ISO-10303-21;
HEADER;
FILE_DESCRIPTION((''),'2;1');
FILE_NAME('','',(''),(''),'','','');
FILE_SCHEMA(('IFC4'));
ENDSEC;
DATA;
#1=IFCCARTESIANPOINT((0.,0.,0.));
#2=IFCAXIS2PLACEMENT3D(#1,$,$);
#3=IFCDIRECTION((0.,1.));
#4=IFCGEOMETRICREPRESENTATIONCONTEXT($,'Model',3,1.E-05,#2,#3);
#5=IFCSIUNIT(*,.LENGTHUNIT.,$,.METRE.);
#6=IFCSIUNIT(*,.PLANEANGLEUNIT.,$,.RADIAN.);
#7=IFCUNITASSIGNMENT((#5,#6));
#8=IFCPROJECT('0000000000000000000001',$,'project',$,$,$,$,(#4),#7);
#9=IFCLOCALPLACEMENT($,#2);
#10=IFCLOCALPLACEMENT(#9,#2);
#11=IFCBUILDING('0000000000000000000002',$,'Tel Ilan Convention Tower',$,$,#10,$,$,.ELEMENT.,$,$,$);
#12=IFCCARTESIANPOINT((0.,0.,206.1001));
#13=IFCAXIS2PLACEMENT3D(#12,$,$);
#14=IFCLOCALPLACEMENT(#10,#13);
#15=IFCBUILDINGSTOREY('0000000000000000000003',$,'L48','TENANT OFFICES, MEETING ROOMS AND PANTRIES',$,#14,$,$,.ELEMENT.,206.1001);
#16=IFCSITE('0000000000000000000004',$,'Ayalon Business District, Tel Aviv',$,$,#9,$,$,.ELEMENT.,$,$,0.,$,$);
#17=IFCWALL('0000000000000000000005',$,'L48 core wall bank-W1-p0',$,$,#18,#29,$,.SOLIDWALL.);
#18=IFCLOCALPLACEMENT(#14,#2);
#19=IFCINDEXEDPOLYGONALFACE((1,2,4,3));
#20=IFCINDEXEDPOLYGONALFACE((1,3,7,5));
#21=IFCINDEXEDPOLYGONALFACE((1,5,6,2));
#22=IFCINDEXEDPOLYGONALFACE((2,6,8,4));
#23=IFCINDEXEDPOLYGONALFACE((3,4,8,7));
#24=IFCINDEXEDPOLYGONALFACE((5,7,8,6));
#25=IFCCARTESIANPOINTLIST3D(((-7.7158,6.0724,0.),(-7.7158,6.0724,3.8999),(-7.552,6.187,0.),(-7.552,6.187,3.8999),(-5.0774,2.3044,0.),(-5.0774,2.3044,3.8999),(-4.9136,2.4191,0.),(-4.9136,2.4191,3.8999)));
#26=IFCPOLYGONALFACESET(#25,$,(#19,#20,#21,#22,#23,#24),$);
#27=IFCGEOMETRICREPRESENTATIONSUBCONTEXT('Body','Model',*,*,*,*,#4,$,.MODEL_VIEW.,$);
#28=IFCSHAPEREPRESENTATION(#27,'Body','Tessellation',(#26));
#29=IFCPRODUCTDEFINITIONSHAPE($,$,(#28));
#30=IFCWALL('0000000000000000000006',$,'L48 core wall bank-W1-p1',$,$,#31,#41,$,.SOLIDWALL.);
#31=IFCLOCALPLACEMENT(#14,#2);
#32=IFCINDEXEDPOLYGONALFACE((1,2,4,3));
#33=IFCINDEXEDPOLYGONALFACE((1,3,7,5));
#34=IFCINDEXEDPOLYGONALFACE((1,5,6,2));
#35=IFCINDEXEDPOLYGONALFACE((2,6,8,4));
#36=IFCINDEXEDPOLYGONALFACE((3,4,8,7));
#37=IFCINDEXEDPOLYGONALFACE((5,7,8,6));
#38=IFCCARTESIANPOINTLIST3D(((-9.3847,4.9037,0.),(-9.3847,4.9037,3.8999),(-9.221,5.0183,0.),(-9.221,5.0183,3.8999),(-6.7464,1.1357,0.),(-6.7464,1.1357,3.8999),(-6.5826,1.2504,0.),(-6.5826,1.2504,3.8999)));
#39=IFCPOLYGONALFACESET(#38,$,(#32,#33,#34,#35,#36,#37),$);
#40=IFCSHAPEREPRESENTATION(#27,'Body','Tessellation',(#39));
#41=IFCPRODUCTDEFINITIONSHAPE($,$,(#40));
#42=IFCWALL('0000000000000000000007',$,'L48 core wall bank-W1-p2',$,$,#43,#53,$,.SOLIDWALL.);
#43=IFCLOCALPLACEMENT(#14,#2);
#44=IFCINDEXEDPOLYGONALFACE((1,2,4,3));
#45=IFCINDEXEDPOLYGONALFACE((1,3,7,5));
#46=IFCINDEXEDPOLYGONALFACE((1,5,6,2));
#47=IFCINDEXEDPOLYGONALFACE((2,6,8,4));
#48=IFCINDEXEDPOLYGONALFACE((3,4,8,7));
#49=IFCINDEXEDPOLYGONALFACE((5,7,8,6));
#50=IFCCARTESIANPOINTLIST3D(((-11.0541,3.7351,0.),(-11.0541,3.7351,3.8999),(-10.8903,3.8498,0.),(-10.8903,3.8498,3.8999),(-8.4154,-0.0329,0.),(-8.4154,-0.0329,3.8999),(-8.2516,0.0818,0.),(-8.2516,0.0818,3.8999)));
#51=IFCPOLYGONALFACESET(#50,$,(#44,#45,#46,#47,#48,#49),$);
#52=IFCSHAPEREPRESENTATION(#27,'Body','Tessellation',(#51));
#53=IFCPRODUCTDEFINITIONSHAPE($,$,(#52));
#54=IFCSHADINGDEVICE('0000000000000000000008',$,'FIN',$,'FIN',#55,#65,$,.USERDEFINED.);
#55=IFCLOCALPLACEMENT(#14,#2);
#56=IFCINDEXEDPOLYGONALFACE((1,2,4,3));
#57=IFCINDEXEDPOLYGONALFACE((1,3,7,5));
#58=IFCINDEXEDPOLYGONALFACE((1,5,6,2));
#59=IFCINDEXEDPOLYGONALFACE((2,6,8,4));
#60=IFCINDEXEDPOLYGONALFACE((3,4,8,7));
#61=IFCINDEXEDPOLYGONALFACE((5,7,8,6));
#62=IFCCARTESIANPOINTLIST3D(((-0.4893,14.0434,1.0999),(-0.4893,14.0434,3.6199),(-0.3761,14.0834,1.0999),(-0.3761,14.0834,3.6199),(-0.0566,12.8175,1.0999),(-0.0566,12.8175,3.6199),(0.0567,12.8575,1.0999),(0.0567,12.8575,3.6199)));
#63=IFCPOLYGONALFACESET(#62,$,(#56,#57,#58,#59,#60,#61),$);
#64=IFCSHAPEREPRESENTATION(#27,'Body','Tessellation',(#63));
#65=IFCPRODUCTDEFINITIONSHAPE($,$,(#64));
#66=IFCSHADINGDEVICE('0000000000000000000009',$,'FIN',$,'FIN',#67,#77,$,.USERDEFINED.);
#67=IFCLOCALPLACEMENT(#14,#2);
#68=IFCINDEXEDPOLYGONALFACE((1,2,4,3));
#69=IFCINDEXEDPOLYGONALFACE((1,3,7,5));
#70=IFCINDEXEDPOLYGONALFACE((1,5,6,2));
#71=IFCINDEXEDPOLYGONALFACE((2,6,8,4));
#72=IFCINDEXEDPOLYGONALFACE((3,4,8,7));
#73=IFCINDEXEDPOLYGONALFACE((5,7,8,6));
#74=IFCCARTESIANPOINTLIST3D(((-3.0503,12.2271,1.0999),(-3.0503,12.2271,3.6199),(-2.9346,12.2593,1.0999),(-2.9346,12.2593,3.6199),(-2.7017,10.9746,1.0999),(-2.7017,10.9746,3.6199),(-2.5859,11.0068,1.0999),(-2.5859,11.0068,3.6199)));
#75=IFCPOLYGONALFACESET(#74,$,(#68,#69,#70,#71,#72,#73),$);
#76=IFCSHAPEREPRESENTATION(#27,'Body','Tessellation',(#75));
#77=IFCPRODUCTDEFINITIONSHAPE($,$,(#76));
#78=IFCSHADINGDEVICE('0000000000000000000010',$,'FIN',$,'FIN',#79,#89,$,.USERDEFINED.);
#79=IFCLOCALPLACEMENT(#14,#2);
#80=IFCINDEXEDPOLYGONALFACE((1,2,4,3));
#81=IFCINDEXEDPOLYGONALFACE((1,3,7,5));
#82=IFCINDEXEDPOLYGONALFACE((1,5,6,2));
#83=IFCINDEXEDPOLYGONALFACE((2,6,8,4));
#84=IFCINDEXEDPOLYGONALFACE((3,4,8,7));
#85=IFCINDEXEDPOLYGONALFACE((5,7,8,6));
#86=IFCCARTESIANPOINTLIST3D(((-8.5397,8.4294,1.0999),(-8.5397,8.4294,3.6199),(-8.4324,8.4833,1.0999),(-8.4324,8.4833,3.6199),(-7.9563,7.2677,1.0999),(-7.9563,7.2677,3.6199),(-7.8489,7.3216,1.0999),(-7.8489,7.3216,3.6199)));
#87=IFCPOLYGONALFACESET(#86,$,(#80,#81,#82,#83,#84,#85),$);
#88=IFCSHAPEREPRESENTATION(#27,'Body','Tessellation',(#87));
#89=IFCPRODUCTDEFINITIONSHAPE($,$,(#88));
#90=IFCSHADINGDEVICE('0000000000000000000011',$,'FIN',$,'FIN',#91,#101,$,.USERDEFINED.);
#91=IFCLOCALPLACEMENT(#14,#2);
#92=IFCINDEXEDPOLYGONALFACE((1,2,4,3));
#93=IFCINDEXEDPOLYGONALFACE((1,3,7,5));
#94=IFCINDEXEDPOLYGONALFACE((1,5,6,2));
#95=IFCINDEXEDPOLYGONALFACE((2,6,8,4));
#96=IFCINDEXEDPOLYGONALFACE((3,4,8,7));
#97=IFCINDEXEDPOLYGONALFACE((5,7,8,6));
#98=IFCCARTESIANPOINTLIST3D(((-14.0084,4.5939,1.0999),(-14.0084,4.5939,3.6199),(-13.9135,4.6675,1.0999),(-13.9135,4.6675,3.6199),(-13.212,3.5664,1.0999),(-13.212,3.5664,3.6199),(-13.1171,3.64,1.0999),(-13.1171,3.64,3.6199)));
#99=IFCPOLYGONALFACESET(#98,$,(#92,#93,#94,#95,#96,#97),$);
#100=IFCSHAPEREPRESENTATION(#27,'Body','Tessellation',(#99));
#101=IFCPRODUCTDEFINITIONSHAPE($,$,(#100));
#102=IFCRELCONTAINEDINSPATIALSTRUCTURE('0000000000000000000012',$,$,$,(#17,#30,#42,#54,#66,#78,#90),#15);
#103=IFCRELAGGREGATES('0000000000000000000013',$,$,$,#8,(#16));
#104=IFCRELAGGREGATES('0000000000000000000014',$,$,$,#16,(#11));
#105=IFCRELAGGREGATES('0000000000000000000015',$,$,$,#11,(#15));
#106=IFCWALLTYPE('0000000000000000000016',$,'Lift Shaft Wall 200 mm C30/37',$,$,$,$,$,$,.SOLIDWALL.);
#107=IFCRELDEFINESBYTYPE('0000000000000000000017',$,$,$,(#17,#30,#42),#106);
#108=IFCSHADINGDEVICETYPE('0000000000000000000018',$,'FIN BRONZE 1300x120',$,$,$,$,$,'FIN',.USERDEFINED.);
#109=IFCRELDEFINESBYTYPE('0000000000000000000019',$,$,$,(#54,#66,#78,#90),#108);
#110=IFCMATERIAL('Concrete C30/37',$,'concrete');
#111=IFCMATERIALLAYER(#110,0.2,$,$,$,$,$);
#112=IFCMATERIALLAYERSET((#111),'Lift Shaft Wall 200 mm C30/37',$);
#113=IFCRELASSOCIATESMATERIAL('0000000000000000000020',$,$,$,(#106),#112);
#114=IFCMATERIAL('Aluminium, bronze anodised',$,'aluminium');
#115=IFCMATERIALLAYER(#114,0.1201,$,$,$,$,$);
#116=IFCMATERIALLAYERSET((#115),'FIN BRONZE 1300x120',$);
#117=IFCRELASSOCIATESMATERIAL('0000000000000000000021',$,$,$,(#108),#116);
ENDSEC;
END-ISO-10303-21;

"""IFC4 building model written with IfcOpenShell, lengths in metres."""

from ifc_helpers import new_model, si_unit, direction, frame, frame_2d, origin, origin_2d, place, context, subcontext, project, spatial, rectangle, extrude, material, layer, layer_set, type_object, element, save


model = new_model("IFC4")

# Units and contexts
model_context = context("Model", 3, precision=1e-05, world=origin(), true_north=direction((0.0, 1.0)))
body_context = subcontext(model_context, "Body", "Model", "MODEL_VIEW")
ifc_project = project(units=[si_unit("LENGTHUNIT", "METRE"), si_unit("PLANEANGLEUNIT", "RADIAN")], contexts=[model_context])

# Site, building, storey
site_placement = place(None, origin())
site = spatial("IfcSite", under=ifc_project, at=site_placement, Name="Ayalon Business District, Tel Aviv", CompositionType="ELEMENT", RefElevation=0.0)
building_placement = place(site_placement, origin())
building = spatial("IfcBuilding", under=site, at=building_placement, Name="Tel Ilan Convention Tower", CompositionType="ELEMENT")
storey_placement = place(building_placement, frame((0.0, 0.0, 206.1001)))
storey = spatial("IfcBuildingStorey", under=building, at=storey_placement, Name="L48", Description="TENANT OFFICES, MEETING ROOMS AND PANTRIES", CompositionType="ELEMENT", Elevation=206.1001)

# Walls
ifc_material_1 = material(Name="Concrete C30/37", Category="concrete")
ifc_layer_1 = layer(ifc_material_1, 0.2)
ifc_layer_set_1 = layer_set([ifc_layer_1], Name="Lift Shaft Wall 200 mm C30/37")
wall_type_1 = type_object("IfcWallType", Name="Lift Shaft Wall 200 mm C30/37", PredefinedType="SOLIDWALL", material=ifc_layer_set_1)
for number, where, z_axis, x_axis, name in (
    (1, (-4.9956, 2.3618, 0.0), (0.0, 0.0, 1.0), (-0.573576, 0.819152, 0.0), "L48 core wall bank-W1-p0"),
    (2, (-6.6646, 1.1931, 0.0), (0.0, 0.0, 1.0), (-0.573576, 0.819152, 0.0), "L48 core wall bank-W1-p1"),
):
    element("IfcWall", number, at=place(storey_placement, frame(where, z_axis=z_axis, x_axis=x_axis)), inside=storey, type_object=wall_type_1, Name=name, PredefinedType="SOLIDWALL", context=body_context, shape_type="SweptSolid", body=[
        extrude(rectangle(XDim=4.5999, YDim=0.2, at=frame_2d((2.2998, 0.0))), origin(), (0.0, 0.0, 1.0), 3.8999),
    ])
wall_1_placement = place(storey_placement, frame((-8.3335, 0.0244, 0.0), z_axis=(0.0, 0.0, 1.0), x_axis=(-0.573612, 0.819127, 0.0)))
element("IfcWall", 3, at=wall_1_placement, inside=storey, type_object=wall_type_1, Name="L48 core wall bank-W1-p2", PredefinedType="SOLIDWALL", context=body_context, shape_type="SweptSolid", body=[
    extrude(rectangle(XDim=4.6001, YDim=0.2, at=frame_2d((2.3, 0.0))), origin(), (0.0, 0.0, 1.0), 3.8999),
])

# Shading devices
ifc_material_2 = material(Name="Aluminium, bronze anodised", Category="aluminium")
ifc_layer_2 = layer(ifc_material_2, 0.1201)
ifc_layer_set_2 = layer_set([ifc_layer_2], Name="FIN BRONZE 1300x120")
shading_device_type = type_object("IfcShadingDeviceType", Name="FIN BRONZE 1300x120", ElementType="FIN", PredefinedType="USERDEFINED", material=ifc_layer_set_2)
for number, where, z_axis, x_axis, name in (
    (4, (-0.2163, 13.4504, 1.0999), (0.0, 0.0, 1.0), (-0.332893, 0.942965, 0.0), "FIN"),
    (5, (-2.8181, 11.6169, 1.0999), (0.0, 0.0, 1.0), (-0.268173, 0.963371, 0.0), "FIN"),
    (6, (-8.1943, 7.8755, 1.0999), (0.0, 0.0, 1.0), (-0.448799, 0.893633, 0.0), "FIN"),
    (7, (-13.5627, 4.1169, 1.0999), (0.0, 0.0, 1.0), (-0.612601, 0.790393, 0.0), "FIN"),
):
    element("IfcShadingDevice", number, at=place(storey_placement, frame(where, z_axis=z_axis, x_axis=x_axis)), inside=storey, type_object=shading_device_type, Name=name, ObjectType="FIN", PredefinedType="USERDEFINED", context=body_context, shape_type="SweptSolid", body=[
        extrude(rectangle(XDim=1.3, YDim=0.1201, at=origin_2d()), origin(), (0.0, 0.0, 1.0), 2.52),
    ])

save(model, "model.ifc")
